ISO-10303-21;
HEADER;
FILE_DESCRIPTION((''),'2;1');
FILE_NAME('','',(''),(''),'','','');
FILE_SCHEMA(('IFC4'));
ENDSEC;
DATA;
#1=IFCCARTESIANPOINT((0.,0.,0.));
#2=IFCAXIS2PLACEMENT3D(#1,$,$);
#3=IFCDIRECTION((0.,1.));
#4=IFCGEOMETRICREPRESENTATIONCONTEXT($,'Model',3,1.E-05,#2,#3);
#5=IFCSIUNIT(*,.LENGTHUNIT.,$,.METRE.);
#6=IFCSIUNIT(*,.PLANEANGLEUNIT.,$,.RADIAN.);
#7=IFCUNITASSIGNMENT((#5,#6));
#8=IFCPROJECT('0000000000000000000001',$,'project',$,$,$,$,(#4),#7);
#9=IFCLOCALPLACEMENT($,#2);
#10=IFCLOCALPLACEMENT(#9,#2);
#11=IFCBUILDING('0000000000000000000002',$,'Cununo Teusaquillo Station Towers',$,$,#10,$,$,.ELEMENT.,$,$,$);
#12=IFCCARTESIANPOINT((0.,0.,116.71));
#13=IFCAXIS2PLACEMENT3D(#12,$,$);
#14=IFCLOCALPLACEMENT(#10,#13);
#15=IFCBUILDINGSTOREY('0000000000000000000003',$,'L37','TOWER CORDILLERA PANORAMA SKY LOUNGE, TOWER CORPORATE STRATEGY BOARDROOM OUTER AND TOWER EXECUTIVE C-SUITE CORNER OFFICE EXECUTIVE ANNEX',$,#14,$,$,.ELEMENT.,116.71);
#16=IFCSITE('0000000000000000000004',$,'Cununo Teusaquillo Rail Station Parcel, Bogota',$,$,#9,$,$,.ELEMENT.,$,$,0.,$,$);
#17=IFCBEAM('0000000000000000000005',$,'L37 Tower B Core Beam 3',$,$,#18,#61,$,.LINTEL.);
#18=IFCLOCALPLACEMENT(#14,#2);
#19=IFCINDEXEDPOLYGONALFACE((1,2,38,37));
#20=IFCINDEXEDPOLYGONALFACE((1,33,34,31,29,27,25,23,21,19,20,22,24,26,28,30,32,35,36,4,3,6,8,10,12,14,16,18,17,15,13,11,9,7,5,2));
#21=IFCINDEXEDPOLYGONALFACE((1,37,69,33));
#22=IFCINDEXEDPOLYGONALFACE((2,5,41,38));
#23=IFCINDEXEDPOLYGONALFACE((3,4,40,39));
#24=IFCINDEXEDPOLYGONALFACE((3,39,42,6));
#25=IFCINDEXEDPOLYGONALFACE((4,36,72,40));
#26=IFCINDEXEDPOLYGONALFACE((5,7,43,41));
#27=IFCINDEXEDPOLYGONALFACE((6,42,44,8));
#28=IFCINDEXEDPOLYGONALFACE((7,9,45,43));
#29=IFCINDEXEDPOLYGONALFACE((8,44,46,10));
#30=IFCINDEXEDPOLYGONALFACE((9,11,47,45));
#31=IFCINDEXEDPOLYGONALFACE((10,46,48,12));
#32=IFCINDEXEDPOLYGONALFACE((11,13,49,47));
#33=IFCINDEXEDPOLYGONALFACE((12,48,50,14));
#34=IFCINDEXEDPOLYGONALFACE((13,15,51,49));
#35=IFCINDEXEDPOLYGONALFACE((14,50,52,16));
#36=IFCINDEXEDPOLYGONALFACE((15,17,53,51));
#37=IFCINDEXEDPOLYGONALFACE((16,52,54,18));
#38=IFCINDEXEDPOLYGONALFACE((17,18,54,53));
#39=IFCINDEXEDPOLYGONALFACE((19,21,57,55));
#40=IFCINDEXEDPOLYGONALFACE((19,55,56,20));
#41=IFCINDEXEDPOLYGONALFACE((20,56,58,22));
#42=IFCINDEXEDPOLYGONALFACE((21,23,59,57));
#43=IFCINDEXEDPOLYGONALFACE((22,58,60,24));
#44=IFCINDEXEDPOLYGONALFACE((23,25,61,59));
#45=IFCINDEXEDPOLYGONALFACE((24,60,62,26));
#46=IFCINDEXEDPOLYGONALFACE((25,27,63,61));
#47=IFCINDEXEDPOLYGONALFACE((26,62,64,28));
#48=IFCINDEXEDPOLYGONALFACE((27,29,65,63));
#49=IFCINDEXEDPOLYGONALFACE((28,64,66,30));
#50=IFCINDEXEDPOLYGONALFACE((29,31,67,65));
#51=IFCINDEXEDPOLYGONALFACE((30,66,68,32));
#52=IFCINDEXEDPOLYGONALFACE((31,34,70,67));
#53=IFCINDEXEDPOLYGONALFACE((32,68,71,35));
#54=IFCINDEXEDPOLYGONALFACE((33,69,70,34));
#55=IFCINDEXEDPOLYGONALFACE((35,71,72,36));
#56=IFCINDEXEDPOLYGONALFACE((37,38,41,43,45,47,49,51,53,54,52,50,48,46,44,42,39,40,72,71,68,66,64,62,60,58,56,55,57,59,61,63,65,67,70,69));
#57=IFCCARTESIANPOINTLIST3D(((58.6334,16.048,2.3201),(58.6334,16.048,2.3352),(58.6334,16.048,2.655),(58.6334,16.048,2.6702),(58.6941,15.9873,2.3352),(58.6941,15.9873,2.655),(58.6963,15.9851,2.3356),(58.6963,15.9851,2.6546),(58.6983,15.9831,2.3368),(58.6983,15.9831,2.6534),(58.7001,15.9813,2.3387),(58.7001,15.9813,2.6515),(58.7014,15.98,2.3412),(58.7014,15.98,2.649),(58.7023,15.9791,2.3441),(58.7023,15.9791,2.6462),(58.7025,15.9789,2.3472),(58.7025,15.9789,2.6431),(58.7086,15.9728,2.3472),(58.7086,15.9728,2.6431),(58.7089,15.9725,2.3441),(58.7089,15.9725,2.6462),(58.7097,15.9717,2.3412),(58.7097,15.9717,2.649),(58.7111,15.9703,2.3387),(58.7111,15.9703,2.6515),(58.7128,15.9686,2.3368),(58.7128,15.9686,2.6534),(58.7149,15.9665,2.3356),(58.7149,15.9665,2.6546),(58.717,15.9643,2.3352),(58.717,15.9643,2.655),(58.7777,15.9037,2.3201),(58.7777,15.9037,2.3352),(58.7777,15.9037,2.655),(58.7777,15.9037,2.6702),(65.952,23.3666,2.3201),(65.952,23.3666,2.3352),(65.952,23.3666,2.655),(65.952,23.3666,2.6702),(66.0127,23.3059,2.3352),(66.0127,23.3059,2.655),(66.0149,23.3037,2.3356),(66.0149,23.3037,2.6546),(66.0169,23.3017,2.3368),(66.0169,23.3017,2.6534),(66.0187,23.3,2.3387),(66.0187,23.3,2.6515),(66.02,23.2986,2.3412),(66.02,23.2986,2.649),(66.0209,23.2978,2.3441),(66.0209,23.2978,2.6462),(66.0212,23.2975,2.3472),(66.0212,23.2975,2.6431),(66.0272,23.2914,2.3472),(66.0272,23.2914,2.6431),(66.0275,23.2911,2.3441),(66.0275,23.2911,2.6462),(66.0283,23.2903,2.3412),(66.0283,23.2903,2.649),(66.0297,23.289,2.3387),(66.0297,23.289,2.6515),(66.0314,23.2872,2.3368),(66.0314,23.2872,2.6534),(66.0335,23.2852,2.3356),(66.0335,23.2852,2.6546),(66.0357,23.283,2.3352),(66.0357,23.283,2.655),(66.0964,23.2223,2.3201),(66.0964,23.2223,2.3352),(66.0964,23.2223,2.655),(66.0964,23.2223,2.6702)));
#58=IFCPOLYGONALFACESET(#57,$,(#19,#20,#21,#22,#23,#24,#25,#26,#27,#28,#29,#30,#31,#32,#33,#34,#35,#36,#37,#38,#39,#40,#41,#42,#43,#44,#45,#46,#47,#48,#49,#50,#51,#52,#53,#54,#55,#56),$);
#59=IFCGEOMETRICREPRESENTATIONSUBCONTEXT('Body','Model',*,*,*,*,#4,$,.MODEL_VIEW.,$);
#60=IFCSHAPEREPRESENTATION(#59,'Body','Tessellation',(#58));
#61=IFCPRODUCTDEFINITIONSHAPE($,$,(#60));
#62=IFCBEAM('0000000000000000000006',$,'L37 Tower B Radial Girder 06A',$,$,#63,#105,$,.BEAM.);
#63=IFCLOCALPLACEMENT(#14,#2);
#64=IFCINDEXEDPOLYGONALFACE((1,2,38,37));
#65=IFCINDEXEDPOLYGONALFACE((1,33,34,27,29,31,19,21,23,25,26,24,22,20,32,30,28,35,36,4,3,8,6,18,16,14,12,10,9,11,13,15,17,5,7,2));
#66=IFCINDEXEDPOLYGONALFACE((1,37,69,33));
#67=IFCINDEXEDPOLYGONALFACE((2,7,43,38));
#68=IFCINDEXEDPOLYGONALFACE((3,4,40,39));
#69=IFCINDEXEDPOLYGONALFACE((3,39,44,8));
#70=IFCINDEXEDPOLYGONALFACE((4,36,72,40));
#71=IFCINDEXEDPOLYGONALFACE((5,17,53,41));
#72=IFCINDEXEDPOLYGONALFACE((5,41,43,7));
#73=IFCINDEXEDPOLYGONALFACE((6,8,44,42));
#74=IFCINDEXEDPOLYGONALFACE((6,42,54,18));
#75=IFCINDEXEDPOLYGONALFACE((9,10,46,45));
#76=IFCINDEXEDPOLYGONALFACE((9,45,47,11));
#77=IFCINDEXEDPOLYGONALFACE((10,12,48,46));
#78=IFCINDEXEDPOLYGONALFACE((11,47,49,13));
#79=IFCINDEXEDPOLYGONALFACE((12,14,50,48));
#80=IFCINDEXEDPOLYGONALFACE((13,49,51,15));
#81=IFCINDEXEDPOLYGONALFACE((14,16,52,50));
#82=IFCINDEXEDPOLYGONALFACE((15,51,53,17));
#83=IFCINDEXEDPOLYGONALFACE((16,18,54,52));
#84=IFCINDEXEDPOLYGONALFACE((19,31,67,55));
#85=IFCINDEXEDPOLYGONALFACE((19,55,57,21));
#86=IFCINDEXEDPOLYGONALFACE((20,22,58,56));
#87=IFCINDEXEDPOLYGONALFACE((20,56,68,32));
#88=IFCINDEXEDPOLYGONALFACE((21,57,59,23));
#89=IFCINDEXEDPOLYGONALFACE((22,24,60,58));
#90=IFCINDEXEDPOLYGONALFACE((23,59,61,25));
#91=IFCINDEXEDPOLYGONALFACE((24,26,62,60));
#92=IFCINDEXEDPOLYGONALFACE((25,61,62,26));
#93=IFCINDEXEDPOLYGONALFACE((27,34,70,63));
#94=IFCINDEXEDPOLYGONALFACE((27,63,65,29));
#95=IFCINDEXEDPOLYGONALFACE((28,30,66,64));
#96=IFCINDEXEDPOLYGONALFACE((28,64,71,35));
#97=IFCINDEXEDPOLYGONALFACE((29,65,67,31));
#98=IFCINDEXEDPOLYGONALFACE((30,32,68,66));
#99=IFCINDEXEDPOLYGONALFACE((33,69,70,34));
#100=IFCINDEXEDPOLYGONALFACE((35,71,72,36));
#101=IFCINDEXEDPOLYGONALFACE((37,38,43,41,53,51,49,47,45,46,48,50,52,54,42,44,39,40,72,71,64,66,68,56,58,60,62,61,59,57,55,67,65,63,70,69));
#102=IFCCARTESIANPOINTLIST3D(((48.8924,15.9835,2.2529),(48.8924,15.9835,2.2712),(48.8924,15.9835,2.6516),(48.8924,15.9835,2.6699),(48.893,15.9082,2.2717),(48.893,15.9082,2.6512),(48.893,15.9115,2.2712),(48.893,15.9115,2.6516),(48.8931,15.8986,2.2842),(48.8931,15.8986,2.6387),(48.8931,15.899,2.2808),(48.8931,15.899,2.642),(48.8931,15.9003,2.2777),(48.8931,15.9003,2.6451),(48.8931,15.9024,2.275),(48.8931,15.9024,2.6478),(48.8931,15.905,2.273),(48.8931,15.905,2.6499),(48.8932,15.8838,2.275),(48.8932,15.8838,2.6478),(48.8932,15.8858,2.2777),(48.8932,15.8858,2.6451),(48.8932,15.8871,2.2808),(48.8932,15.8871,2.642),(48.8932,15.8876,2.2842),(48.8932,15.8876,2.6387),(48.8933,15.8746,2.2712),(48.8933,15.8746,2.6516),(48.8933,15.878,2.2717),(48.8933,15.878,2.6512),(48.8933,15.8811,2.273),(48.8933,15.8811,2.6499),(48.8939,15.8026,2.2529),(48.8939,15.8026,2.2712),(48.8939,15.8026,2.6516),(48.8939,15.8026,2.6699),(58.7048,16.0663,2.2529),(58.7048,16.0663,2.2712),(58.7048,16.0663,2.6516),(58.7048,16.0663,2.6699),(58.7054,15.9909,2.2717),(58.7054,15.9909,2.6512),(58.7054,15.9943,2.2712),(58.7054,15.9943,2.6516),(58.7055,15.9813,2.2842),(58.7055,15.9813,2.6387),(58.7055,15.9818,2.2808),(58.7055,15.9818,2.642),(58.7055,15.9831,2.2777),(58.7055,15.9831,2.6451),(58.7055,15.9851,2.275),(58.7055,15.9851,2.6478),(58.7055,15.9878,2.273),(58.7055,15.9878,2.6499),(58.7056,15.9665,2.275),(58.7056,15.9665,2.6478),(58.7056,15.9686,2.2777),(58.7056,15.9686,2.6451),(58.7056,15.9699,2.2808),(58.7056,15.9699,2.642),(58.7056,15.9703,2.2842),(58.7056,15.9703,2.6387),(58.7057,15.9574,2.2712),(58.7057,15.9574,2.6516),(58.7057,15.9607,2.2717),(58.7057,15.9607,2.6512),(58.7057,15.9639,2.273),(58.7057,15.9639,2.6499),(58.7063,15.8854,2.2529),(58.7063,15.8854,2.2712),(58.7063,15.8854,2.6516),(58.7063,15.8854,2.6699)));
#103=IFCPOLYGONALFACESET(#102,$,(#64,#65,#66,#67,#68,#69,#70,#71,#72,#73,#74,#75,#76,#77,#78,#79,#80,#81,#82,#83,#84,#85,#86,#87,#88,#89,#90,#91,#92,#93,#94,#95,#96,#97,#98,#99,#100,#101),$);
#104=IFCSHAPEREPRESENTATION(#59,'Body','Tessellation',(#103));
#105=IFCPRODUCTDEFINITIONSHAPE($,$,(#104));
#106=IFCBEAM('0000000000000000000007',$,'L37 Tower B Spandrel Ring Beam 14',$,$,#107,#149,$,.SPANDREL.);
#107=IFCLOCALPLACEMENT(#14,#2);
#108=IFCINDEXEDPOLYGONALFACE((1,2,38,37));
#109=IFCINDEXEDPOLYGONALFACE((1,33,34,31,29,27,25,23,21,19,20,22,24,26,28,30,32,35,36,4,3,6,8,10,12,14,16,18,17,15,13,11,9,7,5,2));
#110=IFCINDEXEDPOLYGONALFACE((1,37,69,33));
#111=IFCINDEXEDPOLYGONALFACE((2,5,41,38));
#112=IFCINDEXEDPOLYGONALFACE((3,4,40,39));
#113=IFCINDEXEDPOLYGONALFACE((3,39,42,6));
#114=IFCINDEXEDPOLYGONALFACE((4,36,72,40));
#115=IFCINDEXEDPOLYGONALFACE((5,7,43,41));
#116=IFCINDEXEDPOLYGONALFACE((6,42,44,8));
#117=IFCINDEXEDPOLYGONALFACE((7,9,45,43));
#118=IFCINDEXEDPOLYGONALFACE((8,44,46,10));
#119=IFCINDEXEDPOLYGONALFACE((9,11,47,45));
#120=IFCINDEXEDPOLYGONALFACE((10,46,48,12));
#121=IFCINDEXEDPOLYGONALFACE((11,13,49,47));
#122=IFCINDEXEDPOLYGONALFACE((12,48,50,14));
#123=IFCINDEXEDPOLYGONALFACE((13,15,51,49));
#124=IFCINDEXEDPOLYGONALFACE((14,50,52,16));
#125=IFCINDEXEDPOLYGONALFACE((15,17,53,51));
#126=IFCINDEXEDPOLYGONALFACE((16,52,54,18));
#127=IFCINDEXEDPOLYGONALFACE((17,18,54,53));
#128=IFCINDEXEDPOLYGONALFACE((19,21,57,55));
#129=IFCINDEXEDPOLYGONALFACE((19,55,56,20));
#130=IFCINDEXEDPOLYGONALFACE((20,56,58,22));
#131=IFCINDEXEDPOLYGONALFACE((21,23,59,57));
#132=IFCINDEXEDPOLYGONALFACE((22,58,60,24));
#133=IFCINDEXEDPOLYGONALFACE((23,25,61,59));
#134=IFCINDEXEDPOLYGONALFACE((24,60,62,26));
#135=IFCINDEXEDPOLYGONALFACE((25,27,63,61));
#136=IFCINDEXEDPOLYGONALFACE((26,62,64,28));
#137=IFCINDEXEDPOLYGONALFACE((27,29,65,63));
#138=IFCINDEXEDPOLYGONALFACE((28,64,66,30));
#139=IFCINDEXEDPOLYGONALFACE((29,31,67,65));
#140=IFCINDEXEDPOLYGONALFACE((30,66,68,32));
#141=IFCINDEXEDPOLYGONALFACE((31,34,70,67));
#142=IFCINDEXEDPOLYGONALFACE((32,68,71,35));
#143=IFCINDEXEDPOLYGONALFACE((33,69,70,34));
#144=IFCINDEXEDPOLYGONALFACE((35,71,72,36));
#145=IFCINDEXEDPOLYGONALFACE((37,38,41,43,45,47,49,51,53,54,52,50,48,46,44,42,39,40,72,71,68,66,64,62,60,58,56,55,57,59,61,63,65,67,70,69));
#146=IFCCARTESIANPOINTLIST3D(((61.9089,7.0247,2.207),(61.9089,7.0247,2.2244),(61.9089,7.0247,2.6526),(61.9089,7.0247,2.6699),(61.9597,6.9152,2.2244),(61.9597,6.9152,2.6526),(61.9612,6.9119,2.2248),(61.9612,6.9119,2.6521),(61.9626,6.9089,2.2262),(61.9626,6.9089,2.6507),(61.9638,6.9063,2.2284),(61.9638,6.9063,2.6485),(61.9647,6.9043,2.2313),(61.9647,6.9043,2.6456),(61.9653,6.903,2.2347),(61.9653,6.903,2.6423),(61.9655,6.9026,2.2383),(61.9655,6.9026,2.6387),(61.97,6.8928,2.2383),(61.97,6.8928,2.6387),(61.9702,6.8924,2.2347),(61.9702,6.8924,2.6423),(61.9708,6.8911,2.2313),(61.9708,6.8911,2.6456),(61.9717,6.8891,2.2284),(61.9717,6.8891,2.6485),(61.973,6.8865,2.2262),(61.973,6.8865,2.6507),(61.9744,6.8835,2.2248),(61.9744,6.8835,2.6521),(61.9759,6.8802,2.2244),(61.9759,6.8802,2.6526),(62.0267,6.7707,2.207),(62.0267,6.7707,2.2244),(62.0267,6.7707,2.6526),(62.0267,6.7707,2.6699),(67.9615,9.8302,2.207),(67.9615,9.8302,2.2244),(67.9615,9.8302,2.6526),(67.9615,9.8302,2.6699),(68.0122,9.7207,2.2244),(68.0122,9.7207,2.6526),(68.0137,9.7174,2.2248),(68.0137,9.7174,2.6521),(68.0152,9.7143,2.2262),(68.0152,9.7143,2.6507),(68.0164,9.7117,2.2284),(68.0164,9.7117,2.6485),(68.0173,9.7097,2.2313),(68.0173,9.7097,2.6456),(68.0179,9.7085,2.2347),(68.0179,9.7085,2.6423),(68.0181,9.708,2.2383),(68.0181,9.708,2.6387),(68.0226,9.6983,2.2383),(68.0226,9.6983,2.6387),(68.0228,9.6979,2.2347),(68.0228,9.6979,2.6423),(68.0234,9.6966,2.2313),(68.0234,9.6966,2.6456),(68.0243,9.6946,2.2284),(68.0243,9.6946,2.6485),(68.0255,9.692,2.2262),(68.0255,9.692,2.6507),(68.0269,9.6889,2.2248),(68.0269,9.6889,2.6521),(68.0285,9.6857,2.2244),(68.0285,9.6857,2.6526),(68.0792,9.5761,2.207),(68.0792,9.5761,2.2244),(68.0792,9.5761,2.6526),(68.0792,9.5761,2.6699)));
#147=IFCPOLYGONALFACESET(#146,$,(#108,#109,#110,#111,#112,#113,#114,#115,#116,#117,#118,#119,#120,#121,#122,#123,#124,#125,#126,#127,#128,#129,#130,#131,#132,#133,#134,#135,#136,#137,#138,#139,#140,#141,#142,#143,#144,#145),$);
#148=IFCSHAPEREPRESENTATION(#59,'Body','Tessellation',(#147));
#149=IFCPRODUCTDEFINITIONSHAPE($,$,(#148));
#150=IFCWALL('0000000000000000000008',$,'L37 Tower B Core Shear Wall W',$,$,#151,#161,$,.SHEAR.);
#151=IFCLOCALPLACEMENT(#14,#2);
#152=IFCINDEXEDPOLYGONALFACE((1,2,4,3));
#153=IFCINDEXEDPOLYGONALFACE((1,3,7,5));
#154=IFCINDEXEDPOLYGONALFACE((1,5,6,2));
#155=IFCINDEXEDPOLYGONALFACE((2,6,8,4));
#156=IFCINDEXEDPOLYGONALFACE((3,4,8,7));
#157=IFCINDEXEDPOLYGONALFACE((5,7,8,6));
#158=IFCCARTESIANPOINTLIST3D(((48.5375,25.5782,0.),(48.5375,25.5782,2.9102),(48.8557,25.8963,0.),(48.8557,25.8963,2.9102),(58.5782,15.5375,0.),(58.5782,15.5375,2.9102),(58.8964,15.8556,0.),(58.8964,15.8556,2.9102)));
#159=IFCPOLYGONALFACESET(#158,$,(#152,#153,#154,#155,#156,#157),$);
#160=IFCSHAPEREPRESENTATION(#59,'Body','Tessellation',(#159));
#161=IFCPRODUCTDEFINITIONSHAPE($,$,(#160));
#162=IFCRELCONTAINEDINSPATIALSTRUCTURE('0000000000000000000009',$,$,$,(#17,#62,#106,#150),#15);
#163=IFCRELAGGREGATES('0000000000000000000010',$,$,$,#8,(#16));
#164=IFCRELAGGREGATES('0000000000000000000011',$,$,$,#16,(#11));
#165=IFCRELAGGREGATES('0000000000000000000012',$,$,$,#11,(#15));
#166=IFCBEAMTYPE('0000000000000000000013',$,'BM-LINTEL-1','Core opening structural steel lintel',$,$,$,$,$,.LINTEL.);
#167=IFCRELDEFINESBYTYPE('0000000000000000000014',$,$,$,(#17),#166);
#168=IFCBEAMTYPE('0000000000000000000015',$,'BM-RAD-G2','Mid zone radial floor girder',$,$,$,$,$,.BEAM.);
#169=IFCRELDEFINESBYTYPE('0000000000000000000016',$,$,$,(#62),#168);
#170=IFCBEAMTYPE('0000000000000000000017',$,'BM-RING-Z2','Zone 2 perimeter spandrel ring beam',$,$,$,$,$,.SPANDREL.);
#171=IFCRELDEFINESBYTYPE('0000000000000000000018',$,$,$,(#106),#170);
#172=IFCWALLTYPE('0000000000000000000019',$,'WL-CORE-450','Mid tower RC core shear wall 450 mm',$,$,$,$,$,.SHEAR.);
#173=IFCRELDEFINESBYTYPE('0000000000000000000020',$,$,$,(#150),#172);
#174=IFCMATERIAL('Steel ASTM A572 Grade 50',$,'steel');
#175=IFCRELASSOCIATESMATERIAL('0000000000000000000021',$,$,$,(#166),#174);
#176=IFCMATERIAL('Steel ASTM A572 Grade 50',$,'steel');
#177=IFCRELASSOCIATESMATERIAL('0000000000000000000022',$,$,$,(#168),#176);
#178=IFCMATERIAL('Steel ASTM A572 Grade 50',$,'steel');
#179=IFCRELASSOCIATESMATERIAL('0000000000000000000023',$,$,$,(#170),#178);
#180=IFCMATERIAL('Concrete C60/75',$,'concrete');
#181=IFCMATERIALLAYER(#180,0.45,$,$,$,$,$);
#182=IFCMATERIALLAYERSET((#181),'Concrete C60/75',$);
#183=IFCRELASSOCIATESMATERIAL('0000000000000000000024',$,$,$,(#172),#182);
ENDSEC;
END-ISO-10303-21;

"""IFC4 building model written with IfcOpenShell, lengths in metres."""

from ifc_helpers import new_model, si_unit, direction, frame, frame_2d, origin, origin_2d, place, context, subcontext, project, spatial, rectangle, i_section, extrude, material, layer, layer_set, material_profile, profile_set, type_object, element, save


model = new_model("IFC4")

# Units and contexts
model_context = context("Model", 3, precision=1e-05, world=origin(), true_north=direction((0.0, 1.0)))
body_context = subcontext(model_context, "Body", "Model", "MODEL_VIEW")
ifc_project = project(units=[si_unit("LENGTHUNIT", "METRE"), si_unit("PLANEANGLEUNIT", "RADIAN")], contexts=[model_context])

# Site, building, storey
site_placement = place(None, origin())
site = spatial("IfcSite", under=ifc_project, at=site_placement, Name="Cununo Teusaquillo Rail Station Parcel, Bogota", CompositionType="ELEMENT", RefElevation=0.0)
building_placement = place(site_placement, origin())
building = spatial("IfcBuilding", under=site, at=building_placement, Name="Cununo Teusaquillo Station Towers", CompositionType="ELEMENT")
storey_placement = place(building_placement, frame((0.0, 0.0, 116.71)))
storey = spatial("IfcBuildingStorey", under=building, at=storey_placement, Name="L37", Description="TOWER CORDILLERA PANORAMA SKY LOUNGE, TOWER CORPORATE STRATEGY BOARDROOM OUTER AND TOWER EXECUTIVE C-SUITE CORNER OFFICE EXECUTIVE ANNEX", CompositionType="ELEMENT", Elevation=116.71)

# Beams
ifc_material_1 = material(Name="Steel ASTM A572 Grade 50", Category="steel")
ifc_material_profile_1 = material_profile(ifc_material_1, i_section(OverallWidth=0.2041, OverallDepth=0.3501, WebThickness=0.0085, FlangeThickness=0.0151, FilletRadius=0.012, at=origin_2d()), Name="W14X48")
ifc_profile_set_1 = profile_set([ifc_material_profile_1], Name="Steel ASTM A572 Grade 50")
beam_type_1 = type_object("IfcBeamType", Name="BM-LINTEL-1", Description="Core opening structural steel lintel", PredefinedType="LINTEL", material=ifc_profile_set_1)
beam_1_placement = place(storey_placement, frame((58.7056, 15.9758, 2.4951), z_axis=(0.707107, 0.707107, 0.0), x_axis=(-0.707107, 0.707107, 0.0)))
element("IfcBeam", 1, at=beam_1_placement, inside=storey, type_object=beam_type_1, Name="L37 Tower B Core Beam 3", PredefinedType="LINTEL", context=body_context, shape_type="SweptSolid", body=[
    extrude(i_section(OverallWidth=0.2041, OverallDepth=0.3501, WebThickness=0.0085, FlangeThickness=0.0151, FilletRadius=0.012, at=origin_2d()), origin(), (0.0, 0.0, 1.0), 10.3501),
])
ifc_material_2 = material(Name="Steel ASTM A572 Grade 50", Category="steel")
ifc_material_profile_2 = material_profile(ifc_material_2, i_section(OverallWidth=0.1809, OverallDepth=0.417, WebThickness=0.011, FlangeThickness=0.0183, FilletRadius=0.0129, at=origin_2d()), Name="W16X57")
ifc_profile_set_2 = profile_set([ifc_material_profile_2], Name="Steel ASTM A572 Grade 50")
beam_type_2 = type_object("IfcBeamType", Name="BM-RAD-G2", Description="Mid zone radial floor girder", PredefinedType="BEAM", material=ifc_profile_set_2)
beam_2_placement = place(storey_placement, frame((58.7056, 15.9758, 2.4614), z_axis=(-0.999964, -0.008434, 0.0), x_axis=(0.008434, -0.999964, 0.0)))
element("IfcBeam", 2, at=beam_2_placement, inside=storey, type_object=beam_type_2, Name="L37 Tower B Radial Girder 06A", PredefinedType="BEAM", context=body_context, shape_type="SweptSolid", body=[
    extrude(i_section(OverallWidth=0.1809, OverallDepth=0.417, WebThickness=0.011, FlangeThickness=0.0183, FilletRadius=0.0129, at=origin_2d()), origin(), (0.0, 0.0, 1.0), 9.8127),
])
ifc_material_3 = material(Name="Steel ASTM A572 Grade 50", Category="steel")
ifc_material_profile_3 = material_profile(ifc_material_3, i_section(OverallWidth=0.28, OverallDepth=0.4629, WebThickness=0.0107, FlangeThickness=0.0173, FilletRadius=0.0139, at=origin_2d()), Name="W18X76")
ifc_profile_set_3 = profile_set([ifc_material_profile_3], Name="Steel ASTM A572 Grade 50")
beam_type_3 = type_object("IfcBeamType", Name="BM-RING-Z2", Description="Zone 2 perimeter spandrel ring beam", PredefinedType="SPANDREL", material=ifc_profile_set_3)
beam_3_placement = place(storey_placement, frame((61.9678, 6.8977, 2.4385), z_axis=(0.907276, 0.420536, 0.0), x_axis=(-0.420536, 0.907276, 0.0)))
element("IfcBeam", 3, at=beam_3_placement, inside=storey, type_object=beam_type_3, Name="L37 Tower B Spandrel Ring Beam 14", PredefinedType="SPANDREL", context=body_context, shape_type="SweptSolid", body=[
    extrude(i_section(OverallWidth=0.28, OverallDepth=0.4629, WebThickness=0.0107, FlangeThickness=0.0173, FilletRadius=0.0139, at=origin_2d()), origin(), (0.0, 0.0, 1.0), 6.6711),
])

# Wall
ifc_material_4 = material(Name="Concrete C60/75", Category="concrete")
ifc_layer_1 = layer(ifc_material_4, 0.45)
ifc_layer_set_1 = layer_set([ifc_layer_1], Name="Concrete C60/75")
wall_type_1 = type_object("IfcWallType", Name="WL-CORE-450", Description="Mid tower RC core shear wall 450 mm", PredefinedType="SHEAR", material=ifc_layer_set_1)
wall_1_placement = place(storey_placement, frame((58.7373, 15.6965, 0.0), z_axis=(0.0, 0.0, 1.0), x_axis=(-0.707107, 0.707107, 0.0)))
element("IfcWall", 4, at=wall_1_placement, inside=storey, type_object=wall_type_1, Name="L37 Tower B Core Shear Wall W", PredefinedType="SHEAR", context=body_context, shape_type="SweptSolid", body=[
    extrude(rectangle(XDim=14.1997, YDim=0.45, at=frame_2d((7.0999, 0.0))), origin(), (0.0, 0.0, 1.0), 2.9102),
])

save(model, "model.ifc")
